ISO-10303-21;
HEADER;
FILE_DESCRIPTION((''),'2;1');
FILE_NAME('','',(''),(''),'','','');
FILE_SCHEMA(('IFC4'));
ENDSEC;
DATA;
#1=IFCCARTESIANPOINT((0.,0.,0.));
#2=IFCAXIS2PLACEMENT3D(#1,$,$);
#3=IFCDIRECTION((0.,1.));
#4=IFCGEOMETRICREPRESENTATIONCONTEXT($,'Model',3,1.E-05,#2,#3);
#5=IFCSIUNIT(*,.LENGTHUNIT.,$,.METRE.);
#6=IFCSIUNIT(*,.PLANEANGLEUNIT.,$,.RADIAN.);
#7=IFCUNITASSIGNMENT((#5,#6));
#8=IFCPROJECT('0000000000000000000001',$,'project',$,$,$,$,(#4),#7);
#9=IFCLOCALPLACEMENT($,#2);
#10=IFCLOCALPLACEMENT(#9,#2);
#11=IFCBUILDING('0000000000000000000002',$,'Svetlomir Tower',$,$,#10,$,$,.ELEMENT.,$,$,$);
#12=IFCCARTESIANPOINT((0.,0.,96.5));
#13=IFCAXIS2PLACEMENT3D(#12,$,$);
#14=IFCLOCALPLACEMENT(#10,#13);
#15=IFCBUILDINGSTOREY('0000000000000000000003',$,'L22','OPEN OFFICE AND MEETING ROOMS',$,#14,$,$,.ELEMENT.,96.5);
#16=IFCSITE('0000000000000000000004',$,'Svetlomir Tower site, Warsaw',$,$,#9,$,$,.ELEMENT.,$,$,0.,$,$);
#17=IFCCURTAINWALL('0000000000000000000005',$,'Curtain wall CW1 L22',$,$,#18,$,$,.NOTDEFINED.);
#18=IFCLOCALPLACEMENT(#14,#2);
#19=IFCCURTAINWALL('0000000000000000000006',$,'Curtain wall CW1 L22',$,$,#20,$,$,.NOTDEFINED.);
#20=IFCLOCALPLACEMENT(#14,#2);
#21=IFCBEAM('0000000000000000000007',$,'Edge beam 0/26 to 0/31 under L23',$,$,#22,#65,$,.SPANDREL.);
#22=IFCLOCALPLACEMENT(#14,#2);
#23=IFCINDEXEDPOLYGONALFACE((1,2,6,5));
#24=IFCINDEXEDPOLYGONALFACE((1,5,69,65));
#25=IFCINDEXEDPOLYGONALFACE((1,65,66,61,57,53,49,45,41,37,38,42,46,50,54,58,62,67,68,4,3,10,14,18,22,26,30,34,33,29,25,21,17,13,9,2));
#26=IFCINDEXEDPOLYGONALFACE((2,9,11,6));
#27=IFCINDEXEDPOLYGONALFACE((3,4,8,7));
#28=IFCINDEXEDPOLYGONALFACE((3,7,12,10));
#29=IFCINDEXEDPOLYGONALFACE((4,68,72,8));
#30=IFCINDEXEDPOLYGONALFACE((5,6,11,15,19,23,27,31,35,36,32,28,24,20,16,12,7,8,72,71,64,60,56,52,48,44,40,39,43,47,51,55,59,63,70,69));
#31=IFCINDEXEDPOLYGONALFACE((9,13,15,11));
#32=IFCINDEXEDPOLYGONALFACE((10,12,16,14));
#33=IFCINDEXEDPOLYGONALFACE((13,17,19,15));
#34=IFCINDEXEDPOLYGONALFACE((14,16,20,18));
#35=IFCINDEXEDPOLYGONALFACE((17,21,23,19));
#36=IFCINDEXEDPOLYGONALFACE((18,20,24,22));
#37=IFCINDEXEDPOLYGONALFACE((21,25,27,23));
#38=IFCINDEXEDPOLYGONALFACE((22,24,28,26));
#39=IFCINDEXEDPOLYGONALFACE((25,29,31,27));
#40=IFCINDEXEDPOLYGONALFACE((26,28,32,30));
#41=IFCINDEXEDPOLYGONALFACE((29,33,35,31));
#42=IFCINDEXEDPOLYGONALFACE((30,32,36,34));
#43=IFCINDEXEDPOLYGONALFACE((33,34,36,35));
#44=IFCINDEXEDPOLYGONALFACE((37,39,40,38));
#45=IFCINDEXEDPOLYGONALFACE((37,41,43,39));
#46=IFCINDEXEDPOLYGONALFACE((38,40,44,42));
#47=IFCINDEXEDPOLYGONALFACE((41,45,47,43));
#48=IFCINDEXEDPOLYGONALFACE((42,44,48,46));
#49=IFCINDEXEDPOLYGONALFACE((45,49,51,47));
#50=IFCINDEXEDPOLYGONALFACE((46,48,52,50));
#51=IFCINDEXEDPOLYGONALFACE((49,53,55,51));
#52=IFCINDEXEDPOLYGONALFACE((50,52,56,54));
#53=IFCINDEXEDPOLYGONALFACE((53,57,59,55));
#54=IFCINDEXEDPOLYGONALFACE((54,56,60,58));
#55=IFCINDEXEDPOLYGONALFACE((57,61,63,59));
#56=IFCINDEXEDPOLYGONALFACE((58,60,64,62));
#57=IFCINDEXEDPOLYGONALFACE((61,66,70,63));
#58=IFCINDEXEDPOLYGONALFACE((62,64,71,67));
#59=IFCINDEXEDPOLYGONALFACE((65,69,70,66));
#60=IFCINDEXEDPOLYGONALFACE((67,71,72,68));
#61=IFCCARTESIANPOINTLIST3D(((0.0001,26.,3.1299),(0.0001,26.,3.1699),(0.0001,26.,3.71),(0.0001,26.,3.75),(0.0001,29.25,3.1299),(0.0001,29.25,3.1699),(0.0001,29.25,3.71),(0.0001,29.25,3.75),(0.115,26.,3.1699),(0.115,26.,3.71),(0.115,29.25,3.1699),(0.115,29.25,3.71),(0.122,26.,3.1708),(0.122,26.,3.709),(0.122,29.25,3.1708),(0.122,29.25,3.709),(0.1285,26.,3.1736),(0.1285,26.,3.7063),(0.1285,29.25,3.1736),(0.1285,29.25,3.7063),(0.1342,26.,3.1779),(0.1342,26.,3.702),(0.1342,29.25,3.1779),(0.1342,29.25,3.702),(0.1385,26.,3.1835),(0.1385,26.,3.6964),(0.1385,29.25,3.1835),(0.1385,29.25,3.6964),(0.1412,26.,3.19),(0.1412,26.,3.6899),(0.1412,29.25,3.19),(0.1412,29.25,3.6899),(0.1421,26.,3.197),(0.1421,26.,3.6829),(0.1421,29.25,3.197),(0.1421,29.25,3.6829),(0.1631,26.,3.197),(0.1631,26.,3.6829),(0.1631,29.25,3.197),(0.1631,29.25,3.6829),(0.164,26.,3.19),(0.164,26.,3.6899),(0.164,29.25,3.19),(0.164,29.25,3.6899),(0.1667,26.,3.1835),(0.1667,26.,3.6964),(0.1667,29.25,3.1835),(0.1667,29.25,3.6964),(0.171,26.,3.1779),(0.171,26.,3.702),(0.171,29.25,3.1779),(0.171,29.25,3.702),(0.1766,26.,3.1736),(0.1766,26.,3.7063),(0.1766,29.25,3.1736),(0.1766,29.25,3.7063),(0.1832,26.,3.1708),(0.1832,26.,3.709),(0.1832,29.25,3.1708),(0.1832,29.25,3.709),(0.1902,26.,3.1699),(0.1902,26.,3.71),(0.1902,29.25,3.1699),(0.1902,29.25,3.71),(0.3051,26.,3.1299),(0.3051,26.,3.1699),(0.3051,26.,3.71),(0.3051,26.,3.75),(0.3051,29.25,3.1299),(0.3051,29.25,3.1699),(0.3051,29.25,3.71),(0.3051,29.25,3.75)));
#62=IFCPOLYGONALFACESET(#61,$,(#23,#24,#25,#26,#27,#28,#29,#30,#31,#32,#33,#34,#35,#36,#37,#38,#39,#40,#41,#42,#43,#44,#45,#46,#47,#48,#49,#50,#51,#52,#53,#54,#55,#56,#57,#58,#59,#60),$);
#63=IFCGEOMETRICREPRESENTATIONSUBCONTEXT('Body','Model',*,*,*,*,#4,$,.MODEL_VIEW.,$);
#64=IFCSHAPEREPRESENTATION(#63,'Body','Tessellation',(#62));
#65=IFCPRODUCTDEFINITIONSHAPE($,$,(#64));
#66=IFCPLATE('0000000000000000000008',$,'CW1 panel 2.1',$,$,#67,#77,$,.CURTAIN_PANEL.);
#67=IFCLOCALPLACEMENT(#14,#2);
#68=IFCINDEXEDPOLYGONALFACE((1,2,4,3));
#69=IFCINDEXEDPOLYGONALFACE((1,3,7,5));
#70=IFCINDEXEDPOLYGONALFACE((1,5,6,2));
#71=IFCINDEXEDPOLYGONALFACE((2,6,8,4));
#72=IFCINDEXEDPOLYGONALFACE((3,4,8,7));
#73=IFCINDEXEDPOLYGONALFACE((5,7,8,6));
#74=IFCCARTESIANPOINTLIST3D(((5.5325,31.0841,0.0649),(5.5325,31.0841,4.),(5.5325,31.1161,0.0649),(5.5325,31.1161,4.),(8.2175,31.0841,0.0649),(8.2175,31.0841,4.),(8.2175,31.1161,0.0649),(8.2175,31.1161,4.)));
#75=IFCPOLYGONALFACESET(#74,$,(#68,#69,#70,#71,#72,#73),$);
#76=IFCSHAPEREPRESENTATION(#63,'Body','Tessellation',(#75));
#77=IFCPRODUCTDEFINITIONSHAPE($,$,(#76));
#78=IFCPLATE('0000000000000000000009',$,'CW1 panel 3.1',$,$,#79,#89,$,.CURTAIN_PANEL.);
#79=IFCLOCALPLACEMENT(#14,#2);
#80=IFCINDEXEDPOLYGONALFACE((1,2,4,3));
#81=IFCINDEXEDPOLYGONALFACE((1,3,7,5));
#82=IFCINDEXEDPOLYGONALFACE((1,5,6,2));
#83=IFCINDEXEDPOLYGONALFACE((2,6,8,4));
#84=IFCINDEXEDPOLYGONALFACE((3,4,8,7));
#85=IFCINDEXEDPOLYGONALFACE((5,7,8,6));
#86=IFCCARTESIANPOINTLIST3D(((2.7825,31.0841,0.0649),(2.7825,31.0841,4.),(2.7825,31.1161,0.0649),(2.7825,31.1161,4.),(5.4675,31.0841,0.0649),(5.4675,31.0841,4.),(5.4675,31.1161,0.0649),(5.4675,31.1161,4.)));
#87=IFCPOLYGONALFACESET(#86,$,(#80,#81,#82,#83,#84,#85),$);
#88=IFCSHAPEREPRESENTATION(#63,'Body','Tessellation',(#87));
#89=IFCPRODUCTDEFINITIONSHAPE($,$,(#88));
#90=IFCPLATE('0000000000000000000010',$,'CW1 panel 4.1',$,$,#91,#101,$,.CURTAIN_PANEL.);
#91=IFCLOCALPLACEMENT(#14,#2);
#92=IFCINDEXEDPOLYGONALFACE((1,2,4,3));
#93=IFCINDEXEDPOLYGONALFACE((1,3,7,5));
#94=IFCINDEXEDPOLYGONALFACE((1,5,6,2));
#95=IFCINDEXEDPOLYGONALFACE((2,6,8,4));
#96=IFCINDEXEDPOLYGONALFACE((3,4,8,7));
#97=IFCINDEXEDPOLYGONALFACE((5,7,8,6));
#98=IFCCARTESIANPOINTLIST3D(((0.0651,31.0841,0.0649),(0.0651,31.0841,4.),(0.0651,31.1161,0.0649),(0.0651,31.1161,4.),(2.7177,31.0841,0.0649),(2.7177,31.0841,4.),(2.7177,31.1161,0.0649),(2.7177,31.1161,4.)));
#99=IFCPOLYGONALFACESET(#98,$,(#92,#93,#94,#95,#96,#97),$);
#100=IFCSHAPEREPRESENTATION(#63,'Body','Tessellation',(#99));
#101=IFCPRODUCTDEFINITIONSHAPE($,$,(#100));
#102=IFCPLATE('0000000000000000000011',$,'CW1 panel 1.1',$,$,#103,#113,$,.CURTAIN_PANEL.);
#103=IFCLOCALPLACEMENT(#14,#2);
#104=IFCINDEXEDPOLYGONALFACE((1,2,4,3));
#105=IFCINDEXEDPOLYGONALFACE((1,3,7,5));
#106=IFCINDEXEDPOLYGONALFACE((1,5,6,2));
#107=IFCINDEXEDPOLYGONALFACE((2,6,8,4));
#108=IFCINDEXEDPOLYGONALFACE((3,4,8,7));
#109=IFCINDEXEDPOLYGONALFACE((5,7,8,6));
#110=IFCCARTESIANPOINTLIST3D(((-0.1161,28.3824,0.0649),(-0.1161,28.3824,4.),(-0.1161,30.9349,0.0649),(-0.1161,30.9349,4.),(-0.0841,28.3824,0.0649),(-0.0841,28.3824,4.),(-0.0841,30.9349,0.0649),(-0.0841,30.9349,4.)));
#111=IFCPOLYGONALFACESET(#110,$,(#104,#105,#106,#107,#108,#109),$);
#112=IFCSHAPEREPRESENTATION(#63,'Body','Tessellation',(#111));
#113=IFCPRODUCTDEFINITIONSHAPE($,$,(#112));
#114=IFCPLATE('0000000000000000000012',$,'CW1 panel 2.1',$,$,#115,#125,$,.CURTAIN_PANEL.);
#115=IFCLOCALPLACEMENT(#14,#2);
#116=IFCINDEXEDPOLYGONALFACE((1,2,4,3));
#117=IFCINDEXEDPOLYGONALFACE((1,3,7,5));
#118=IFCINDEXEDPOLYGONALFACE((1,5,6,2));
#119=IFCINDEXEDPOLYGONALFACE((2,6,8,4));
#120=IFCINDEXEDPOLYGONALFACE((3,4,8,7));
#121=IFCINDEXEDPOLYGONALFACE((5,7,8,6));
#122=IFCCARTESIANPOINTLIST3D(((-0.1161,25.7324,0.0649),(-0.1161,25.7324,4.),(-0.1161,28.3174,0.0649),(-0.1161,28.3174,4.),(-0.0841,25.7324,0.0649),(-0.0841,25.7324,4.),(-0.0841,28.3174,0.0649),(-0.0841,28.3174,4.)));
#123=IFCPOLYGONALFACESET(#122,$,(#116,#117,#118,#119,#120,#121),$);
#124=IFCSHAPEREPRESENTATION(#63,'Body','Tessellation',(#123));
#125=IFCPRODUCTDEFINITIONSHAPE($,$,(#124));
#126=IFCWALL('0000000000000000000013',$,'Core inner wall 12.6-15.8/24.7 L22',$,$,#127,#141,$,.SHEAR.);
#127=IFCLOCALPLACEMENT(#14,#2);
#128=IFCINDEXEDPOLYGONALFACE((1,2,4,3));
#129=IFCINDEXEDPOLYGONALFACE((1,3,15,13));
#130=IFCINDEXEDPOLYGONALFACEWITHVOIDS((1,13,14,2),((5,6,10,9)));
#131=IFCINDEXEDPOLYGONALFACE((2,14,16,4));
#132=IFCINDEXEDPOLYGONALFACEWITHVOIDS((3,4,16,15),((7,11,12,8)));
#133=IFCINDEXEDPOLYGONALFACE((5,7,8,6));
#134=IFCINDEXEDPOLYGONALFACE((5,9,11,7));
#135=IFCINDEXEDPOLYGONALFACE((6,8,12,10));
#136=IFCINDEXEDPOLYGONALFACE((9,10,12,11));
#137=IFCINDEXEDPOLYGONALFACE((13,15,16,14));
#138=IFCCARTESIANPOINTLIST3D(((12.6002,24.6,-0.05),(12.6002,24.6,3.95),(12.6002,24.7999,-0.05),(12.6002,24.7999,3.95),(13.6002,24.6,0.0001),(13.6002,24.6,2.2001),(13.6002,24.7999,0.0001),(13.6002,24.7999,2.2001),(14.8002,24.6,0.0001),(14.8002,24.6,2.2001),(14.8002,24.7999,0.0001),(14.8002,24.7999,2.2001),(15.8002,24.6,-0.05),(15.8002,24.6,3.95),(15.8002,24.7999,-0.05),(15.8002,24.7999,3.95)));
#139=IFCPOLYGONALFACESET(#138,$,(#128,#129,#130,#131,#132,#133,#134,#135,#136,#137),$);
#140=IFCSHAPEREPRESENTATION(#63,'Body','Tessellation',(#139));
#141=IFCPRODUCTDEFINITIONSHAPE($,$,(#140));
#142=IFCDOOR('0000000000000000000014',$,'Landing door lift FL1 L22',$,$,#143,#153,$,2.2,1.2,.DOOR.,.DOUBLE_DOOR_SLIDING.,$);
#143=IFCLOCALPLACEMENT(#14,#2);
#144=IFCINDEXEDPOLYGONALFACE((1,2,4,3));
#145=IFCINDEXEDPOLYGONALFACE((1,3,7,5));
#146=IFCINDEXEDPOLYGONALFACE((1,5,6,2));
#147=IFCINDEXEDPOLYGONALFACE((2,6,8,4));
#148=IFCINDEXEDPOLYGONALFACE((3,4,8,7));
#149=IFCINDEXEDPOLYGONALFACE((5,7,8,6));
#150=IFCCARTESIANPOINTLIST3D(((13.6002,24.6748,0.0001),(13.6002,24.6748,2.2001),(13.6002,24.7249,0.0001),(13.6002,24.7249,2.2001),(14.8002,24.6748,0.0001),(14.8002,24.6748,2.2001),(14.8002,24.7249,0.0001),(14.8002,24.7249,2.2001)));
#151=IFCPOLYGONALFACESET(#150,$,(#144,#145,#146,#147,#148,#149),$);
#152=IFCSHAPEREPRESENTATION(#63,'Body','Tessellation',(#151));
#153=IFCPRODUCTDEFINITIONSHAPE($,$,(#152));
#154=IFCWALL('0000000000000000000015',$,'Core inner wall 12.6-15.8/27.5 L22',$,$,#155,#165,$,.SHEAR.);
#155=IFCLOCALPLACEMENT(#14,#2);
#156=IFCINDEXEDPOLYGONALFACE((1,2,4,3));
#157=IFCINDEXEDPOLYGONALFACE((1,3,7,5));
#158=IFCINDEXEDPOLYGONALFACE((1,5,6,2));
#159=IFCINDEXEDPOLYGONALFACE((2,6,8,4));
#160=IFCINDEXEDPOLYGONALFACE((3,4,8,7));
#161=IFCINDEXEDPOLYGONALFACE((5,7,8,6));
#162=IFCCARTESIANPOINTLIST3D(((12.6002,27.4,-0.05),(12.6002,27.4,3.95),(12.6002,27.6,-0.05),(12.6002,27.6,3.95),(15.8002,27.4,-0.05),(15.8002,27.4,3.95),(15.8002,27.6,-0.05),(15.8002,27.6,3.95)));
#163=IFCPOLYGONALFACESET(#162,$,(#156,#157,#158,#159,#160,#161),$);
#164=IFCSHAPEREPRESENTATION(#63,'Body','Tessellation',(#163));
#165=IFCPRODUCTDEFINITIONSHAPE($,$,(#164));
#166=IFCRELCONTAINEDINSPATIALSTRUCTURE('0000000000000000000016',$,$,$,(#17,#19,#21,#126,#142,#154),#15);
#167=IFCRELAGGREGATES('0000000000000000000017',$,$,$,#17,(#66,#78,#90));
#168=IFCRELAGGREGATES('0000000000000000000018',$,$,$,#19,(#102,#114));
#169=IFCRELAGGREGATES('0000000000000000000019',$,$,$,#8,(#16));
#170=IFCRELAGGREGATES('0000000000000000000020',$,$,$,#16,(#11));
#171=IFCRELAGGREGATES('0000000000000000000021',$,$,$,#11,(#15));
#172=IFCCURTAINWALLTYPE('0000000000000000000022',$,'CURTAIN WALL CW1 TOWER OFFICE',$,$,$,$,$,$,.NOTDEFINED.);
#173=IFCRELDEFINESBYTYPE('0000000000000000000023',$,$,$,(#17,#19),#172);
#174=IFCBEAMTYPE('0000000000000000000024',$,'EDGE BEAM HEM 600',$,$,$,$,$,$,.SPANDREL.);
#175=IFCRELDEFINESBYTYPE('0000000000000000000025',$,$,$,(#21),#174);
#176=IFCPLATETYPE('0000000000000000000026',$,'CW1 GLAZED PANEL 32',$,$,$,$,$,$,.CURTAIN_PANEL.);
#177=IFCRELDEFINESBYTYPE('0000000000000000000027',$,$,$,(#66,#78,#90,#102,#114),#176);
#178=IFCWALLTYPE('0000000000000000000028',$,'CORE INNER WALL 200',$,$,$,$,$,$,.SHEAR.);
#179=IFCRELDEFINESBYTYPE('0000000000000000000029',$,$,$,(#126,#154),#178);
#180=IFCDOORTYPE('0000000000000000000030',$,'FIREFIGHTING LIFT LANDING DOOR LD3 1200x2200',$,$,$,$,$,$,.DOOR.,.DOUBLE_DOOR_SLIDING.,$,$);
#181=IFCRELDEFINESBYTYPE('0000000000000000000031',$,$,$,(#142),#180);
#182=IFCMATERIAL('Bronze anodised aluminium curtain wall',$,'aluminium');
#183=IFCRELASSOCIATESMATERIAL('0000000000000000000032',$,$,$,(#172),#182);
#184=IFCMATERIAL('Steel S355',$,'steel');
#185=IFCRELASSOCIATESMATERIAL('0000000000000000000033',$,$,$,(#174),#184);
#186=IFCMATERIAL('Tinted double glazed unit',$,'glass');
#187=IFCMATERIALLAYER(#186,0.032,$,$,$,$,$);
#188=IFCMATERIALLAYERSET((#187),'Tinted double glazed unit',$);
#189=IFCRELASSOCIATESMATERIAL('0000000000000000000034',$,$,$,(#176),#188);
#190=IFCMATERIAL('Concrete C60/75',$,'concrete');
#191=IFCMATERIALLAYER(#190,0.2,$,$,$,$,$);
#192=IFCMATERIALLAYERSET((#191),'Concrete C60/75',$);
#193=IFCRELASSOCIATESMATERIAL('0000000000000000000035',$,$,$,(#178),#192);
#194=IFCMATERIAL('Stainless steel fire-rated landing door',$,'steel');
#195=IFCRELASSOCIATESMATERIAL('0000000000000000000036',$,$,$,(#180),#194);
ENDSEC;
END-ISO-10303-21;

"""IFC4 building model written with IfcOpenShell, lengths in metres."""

from ifc_helpers import new_model, si_unit, direction, frame, frame_2d, origin, origin_2d, place, context, subcontext, project, spatial, rectangle, i_section, extrude, material, layer, layer_set, material_profile, profile_set, type_object, element, fill, aggregate, save


model = new_model("IFC4")

# Units and contexts
model_context = context("Model", 3, precision=1e-05, world=origin(), true_north=direction((0.0, 1.0)))
body_context = subcontext(model_context, "Body", "Model", "MODEL_VIEW")
ifc_project = project(units=[si_unit("LENGTHUNIT", "METRE"), si_unit("PLANEANGLEUNIT", "RADIAN")], contexts=[model_context])

# Site, building, storey
site_placement = place(None, origin())
site = spatial("IfcSite", under=ifc_project, at=site_placement, Name="Svetlomir Tower site, Warsaw", CompositionType="ELEMENT", RefElevation=0.0)
building_placement = place(site_placement, origin())
building = spatial("IfcBuilding", under=site, at=building_placement, Name="Svetlomir Tower", CompositionType="ELEMENT")
storey_placement = place(building_placement, frame((0.0, 0.0, 96.5)))
storey = spatial("IfcBuildingStorey", under=building, at=storey_placement, Name="L22", Description="OPEN OFFICE AND MEETING ROOMS", CompositionType="ELEMENT", Elevation=96.5)

# Shared definitions
ifc_material_1 = material(Name="Bronze anodised aluminium curtain wall", Category="aluminium")
curtain_wall_type = type_object("IfcCurtainWallType", Name="CURTAIN WALL CW1 TOWER OFFICE", PredefinedType="NOTDEFINED", material=ifc_material_1)

# Curtain walls
curtain_wall_1_placement = place(storey_placement, origin())
curtain_wall_1 = element("IfcCurtainWall", 1, at=curtain_wall_1_placement, inside=storey, type_object=curtain_wall_type, Name="Curtain wall CW1 L22", PredefinedType="NOTDEFINED")
curtain_wall_2_placement = place(storey_placement, origin())
curtain_wall_2 = element("IfcCurtainWall", 2, at=curtain_wall_2_placement, inside=storey, type_object=curtain_wall_type, Name="Curtain wall CW1 L22", PredefinedType="NOTDEFINED")

# Beam
ifc_material_2 = material(Name="Steel S355", Category="steel")
ifc_material_profile_1 = material_profile(ifc_material_2, i_section(OverallWidth=0.3049, OverallDepth=0.6201, WebThickness=0.021, FlangeThickness=0.04, FilletRadius=0.0271, at=origin_2d()), Name="HEM 600")
ifc_profile_set_1 = profile_set([ifc_material_profile_1], Name="Steel S355")
beam_type = type_object("IfcBeamType", Name="EDGE BEAM HEM 600", PredefinedType="SPANDREL", material=ifc_profile_set_1)
beam_placement = place(storey_placement, frame((0.1526, 26.0, 3.4399), z_axis=(0.0, 1.0, 0.0), x_axis=(-1.0, 0.0, 0.0)))
element("IfcBeam", 3, at=beam_placement, inside=storey, type_object=beam_type, Name="Edge beam 0/26 to 0/31 under L23", PredefinedType="SPANDREL", context=body_context, shape_type="SweptSolid", body=[
    extrude(i_section(OverallWidth=0.3049, OverallDepth=0.6201, WebThickness=0.021, FlangeThickness=0.04, FilletRadius=0.0271, at=origin_2d()), origin(), (0.0, 0.0, 1.0), 3.25),
])

# Plates
ifc_material_3 = material(Name="Tinted double glazed unit", Category="glass")
ifc_layer_1 = layer(ifc_material_3, 0.032)
ifc_layer_set_1 = layer_set([ifc_layer_1], Name="Tinted double glazed unit")
plate_type = type_object("IfcPlateType", Name="CW1 GLAZED PANEL 32", PredefinedType="CURTAIN_PANEL", material=ifc_layer_set_1)
plate_1_placement = place(storey_placement, frame((6.875, 31.1001, 0.0649), z_axis=(0.0, 0.0, 1.0), x_axis=(-1.0, 0.0, 0.0)))
plate_1 = element("IfcPlate", 4, at=plate_1_placement, type_object=plate_type, Name="CW1 panel 2.1", PredefinedType="CURTAIN_PANEL", context=body_context, shape_type="SweptSolid", body=[
    extrude(rectangle(XDim=2.6851, YDim=0.032, at=origin_2d()), origin(), (0.0, 0.0, 1.0), 3.9351),
])
plate_2_placement = place(storey_placement, frame((4.125, 31.1001, 0.0649), z_axis=(0.0, 0.0, 1.0), x_axis=(-1.0, 0.0, 0.0)))
plate_2 = element("IfcPlate", 5, at=plate_2_placement, type_object=plate_type, Name="CW1 panel 3.1", PredefinedType="CURTAIN_PANEL", context=body_context, shape_type="SweptSolid", body=[
    extrude(rectangle(XDim=2.6851, YDim=0.032, at=origin_2d()), origin(), (0.0, 0.0, 1.0), 3.9351),
])
plate_3_placement = place(storey_placement, frame((1.3914, 31.1001, 0.0649), z_axis=(0.0, 0.0, 1.0), x_axis=(-1.0, 0.0, 0.0)))
plate_3 = element("IfcPlate", 6, at=plate_3_placement, type_object=plate_type, Name="CW1 panel 4.1", PredefinedType="CURTAIN_PANEL", context=body_context, shape_type="SweptSolid", body=[
    extrude(rectangle(XDim=2.6526, YDim=0.032, at=origin_2d()), origin(), (0.0, 0.0, 1.0), 3.9351),
])
aggregate(curtain_wall_1, [plate_1, plate_2, plate_3])
plate_4_placement = place(storey_placement, frame((-0.1001, 29.6587, 0.0649), z_axis=(0.0, 0.0, 1.0), x_axis=(0.0, -1.0, 0.0)))
plate_4 = element("IfcPlate", 7, at=plate_4_placement, type_object=plate_type, Name="CW1 panel 1.1", PredefinedType="CURTAIN_PANEL", context=body_context, shape_type="SweptSolid", body=[
    extrude(rectangle(XDim=2.5525, YDim=0.032, at=origin_2d()), origin(), (0.0, 0.0, 1.0), 3.9351),
])
plate_5_placement = place(storey_placement, frame((-0.1001, 27.0249, 0.0649), z_axis=(0.0, 0.0, 1.0), x_axis=(0.0, -1.0, 0.0)))
plate_5 = element("IfcPlate", 8, at=plate_5_placement, type_object=plate_type, Name="CW1 panel 2.1", PredefinedType="CURTAIN_PANEL", context=body_context, shape_type="SweptSolid", body=[
    extrude(rectangle(XDim=2.585, YDim=0.032, at=origin_2d()), origin(), (0.0, 0.0, 1.0), 3.9351),
])
aggregate(curtain_wall_2, [plate_4, plate_5])

# Wall, opening, door
ifc_material_4 = material(Name="Concrete C60/75", Category="concrete")
ifc_layer_2 = layer(ifc_material_4, 0.2)
ifc_layer_set_2 = layer_set([ifc_layer_2], Name="Concrete C60/75")
wall_type_1 = type_object("IfcWallType", Name="CORE INNER WALL 200", PredefinedType="SHEAR", material=ifc_layer_set_2)
wall_1_placement = place(storey_placement, frame((12.6001, 24.7, -0.05), z_axis=(0.0, 0.0, 1.0), x_axis=(1.0, 0.0, 0.0)))
wall_1 = element("IfcWall", 9, at=wall_1_placement, inside=storey, type_object=wall_type_1, Name="Core inner wall 12.6-15.8/24.7 L22", PredefinedType="SHEAR", context=body_context, shape_type="SweptSolid", body=[
    extrude(rectangle(XDim=3.2, YDim=0.2, at=frame_2d((1.6001, 0.0))), origin(), (0.0, 0.0, 1.0), 4.0),
])
opening_1_placement = place(wall_1_placement, frame((1.0, 0.0, 0.05)))
opening_1 = element("IfcOpeningElement", 10, at=opening_1_placement, cuts=wall_1, PredefinedType="OPENING", context=body_context, shape_type="SweptSolid", body=[
    extrude(rectangle(XDim=1.2, YDim=2.2, at=frame_2d((0.6001, 1.1001))), frame((0.0, 0.1099, 0.0), z_axis=(0.0, -1.0, 0.0), x_axis=(1.0, 0.0, 0.0)), (0.0, 0.0, 1.0), 0.22),
])
ifc_material_5 = material(Name="Stainless steel fire-rated landing door", Category="steel")
door_type_1 = type_object("IfcDoorType", Name="FIREFIGHTING LIFT LANDING DOOR LD3 1200x2200", OperationType="DOUBLE_DOOR_SLIDING", PredefinedType="DOOR", material=ifc_material_5)
door_1_placement = place(opening_1_placement, origin())
door_1 = element("IfcDoor", 11, at=door_1_placement, inside=storey, type_object=door_type_1, Name="Landing door lift FL1 L22", OperationType="DOUBLE_DOOR_SLIDING", OverallHeight=2.2, OverallWidth=1.2, PredefinedType="DOOR", context=body_context, shape_type="SweptSolid", body=[
    extrude(rectangle(XDim=1.2, YDim=2.2, at=frame_2d((0.6001, 1.1001))), frame((0.0, 0.0249, 0.0), z_axis=(0.0, -1.0, 0.0), x_axis=(1.0, 0.0, 0.0)), (0.0, 0.0, 1.0), 0.05),
])
fill(opening_1, door_1)

# Wall
wall_2_placement = place(storey_placement, frame((12.6001, 27.5, -0.05), z_axis=(0.0, 0.0, 1.0), x_axis=(1.0, 0.0, 0.0)))
element("IfcWall", 12, at=wall_2_placement, inside=storey, type_object=wall_type_1, Name="Core inner wall 12.6-15.8/27.5 L22", PredefinedType="SHEAR", context=body_context, shape_type="SweptSolid", body=[
    extrude(rectangle(XDim=3.2, YDim=0.2, at=frame_2d((1.6001, 0.0))), origin(), (0.0, 0.0, 1.0), 4.0),
])

save(model, "model.ifc")
